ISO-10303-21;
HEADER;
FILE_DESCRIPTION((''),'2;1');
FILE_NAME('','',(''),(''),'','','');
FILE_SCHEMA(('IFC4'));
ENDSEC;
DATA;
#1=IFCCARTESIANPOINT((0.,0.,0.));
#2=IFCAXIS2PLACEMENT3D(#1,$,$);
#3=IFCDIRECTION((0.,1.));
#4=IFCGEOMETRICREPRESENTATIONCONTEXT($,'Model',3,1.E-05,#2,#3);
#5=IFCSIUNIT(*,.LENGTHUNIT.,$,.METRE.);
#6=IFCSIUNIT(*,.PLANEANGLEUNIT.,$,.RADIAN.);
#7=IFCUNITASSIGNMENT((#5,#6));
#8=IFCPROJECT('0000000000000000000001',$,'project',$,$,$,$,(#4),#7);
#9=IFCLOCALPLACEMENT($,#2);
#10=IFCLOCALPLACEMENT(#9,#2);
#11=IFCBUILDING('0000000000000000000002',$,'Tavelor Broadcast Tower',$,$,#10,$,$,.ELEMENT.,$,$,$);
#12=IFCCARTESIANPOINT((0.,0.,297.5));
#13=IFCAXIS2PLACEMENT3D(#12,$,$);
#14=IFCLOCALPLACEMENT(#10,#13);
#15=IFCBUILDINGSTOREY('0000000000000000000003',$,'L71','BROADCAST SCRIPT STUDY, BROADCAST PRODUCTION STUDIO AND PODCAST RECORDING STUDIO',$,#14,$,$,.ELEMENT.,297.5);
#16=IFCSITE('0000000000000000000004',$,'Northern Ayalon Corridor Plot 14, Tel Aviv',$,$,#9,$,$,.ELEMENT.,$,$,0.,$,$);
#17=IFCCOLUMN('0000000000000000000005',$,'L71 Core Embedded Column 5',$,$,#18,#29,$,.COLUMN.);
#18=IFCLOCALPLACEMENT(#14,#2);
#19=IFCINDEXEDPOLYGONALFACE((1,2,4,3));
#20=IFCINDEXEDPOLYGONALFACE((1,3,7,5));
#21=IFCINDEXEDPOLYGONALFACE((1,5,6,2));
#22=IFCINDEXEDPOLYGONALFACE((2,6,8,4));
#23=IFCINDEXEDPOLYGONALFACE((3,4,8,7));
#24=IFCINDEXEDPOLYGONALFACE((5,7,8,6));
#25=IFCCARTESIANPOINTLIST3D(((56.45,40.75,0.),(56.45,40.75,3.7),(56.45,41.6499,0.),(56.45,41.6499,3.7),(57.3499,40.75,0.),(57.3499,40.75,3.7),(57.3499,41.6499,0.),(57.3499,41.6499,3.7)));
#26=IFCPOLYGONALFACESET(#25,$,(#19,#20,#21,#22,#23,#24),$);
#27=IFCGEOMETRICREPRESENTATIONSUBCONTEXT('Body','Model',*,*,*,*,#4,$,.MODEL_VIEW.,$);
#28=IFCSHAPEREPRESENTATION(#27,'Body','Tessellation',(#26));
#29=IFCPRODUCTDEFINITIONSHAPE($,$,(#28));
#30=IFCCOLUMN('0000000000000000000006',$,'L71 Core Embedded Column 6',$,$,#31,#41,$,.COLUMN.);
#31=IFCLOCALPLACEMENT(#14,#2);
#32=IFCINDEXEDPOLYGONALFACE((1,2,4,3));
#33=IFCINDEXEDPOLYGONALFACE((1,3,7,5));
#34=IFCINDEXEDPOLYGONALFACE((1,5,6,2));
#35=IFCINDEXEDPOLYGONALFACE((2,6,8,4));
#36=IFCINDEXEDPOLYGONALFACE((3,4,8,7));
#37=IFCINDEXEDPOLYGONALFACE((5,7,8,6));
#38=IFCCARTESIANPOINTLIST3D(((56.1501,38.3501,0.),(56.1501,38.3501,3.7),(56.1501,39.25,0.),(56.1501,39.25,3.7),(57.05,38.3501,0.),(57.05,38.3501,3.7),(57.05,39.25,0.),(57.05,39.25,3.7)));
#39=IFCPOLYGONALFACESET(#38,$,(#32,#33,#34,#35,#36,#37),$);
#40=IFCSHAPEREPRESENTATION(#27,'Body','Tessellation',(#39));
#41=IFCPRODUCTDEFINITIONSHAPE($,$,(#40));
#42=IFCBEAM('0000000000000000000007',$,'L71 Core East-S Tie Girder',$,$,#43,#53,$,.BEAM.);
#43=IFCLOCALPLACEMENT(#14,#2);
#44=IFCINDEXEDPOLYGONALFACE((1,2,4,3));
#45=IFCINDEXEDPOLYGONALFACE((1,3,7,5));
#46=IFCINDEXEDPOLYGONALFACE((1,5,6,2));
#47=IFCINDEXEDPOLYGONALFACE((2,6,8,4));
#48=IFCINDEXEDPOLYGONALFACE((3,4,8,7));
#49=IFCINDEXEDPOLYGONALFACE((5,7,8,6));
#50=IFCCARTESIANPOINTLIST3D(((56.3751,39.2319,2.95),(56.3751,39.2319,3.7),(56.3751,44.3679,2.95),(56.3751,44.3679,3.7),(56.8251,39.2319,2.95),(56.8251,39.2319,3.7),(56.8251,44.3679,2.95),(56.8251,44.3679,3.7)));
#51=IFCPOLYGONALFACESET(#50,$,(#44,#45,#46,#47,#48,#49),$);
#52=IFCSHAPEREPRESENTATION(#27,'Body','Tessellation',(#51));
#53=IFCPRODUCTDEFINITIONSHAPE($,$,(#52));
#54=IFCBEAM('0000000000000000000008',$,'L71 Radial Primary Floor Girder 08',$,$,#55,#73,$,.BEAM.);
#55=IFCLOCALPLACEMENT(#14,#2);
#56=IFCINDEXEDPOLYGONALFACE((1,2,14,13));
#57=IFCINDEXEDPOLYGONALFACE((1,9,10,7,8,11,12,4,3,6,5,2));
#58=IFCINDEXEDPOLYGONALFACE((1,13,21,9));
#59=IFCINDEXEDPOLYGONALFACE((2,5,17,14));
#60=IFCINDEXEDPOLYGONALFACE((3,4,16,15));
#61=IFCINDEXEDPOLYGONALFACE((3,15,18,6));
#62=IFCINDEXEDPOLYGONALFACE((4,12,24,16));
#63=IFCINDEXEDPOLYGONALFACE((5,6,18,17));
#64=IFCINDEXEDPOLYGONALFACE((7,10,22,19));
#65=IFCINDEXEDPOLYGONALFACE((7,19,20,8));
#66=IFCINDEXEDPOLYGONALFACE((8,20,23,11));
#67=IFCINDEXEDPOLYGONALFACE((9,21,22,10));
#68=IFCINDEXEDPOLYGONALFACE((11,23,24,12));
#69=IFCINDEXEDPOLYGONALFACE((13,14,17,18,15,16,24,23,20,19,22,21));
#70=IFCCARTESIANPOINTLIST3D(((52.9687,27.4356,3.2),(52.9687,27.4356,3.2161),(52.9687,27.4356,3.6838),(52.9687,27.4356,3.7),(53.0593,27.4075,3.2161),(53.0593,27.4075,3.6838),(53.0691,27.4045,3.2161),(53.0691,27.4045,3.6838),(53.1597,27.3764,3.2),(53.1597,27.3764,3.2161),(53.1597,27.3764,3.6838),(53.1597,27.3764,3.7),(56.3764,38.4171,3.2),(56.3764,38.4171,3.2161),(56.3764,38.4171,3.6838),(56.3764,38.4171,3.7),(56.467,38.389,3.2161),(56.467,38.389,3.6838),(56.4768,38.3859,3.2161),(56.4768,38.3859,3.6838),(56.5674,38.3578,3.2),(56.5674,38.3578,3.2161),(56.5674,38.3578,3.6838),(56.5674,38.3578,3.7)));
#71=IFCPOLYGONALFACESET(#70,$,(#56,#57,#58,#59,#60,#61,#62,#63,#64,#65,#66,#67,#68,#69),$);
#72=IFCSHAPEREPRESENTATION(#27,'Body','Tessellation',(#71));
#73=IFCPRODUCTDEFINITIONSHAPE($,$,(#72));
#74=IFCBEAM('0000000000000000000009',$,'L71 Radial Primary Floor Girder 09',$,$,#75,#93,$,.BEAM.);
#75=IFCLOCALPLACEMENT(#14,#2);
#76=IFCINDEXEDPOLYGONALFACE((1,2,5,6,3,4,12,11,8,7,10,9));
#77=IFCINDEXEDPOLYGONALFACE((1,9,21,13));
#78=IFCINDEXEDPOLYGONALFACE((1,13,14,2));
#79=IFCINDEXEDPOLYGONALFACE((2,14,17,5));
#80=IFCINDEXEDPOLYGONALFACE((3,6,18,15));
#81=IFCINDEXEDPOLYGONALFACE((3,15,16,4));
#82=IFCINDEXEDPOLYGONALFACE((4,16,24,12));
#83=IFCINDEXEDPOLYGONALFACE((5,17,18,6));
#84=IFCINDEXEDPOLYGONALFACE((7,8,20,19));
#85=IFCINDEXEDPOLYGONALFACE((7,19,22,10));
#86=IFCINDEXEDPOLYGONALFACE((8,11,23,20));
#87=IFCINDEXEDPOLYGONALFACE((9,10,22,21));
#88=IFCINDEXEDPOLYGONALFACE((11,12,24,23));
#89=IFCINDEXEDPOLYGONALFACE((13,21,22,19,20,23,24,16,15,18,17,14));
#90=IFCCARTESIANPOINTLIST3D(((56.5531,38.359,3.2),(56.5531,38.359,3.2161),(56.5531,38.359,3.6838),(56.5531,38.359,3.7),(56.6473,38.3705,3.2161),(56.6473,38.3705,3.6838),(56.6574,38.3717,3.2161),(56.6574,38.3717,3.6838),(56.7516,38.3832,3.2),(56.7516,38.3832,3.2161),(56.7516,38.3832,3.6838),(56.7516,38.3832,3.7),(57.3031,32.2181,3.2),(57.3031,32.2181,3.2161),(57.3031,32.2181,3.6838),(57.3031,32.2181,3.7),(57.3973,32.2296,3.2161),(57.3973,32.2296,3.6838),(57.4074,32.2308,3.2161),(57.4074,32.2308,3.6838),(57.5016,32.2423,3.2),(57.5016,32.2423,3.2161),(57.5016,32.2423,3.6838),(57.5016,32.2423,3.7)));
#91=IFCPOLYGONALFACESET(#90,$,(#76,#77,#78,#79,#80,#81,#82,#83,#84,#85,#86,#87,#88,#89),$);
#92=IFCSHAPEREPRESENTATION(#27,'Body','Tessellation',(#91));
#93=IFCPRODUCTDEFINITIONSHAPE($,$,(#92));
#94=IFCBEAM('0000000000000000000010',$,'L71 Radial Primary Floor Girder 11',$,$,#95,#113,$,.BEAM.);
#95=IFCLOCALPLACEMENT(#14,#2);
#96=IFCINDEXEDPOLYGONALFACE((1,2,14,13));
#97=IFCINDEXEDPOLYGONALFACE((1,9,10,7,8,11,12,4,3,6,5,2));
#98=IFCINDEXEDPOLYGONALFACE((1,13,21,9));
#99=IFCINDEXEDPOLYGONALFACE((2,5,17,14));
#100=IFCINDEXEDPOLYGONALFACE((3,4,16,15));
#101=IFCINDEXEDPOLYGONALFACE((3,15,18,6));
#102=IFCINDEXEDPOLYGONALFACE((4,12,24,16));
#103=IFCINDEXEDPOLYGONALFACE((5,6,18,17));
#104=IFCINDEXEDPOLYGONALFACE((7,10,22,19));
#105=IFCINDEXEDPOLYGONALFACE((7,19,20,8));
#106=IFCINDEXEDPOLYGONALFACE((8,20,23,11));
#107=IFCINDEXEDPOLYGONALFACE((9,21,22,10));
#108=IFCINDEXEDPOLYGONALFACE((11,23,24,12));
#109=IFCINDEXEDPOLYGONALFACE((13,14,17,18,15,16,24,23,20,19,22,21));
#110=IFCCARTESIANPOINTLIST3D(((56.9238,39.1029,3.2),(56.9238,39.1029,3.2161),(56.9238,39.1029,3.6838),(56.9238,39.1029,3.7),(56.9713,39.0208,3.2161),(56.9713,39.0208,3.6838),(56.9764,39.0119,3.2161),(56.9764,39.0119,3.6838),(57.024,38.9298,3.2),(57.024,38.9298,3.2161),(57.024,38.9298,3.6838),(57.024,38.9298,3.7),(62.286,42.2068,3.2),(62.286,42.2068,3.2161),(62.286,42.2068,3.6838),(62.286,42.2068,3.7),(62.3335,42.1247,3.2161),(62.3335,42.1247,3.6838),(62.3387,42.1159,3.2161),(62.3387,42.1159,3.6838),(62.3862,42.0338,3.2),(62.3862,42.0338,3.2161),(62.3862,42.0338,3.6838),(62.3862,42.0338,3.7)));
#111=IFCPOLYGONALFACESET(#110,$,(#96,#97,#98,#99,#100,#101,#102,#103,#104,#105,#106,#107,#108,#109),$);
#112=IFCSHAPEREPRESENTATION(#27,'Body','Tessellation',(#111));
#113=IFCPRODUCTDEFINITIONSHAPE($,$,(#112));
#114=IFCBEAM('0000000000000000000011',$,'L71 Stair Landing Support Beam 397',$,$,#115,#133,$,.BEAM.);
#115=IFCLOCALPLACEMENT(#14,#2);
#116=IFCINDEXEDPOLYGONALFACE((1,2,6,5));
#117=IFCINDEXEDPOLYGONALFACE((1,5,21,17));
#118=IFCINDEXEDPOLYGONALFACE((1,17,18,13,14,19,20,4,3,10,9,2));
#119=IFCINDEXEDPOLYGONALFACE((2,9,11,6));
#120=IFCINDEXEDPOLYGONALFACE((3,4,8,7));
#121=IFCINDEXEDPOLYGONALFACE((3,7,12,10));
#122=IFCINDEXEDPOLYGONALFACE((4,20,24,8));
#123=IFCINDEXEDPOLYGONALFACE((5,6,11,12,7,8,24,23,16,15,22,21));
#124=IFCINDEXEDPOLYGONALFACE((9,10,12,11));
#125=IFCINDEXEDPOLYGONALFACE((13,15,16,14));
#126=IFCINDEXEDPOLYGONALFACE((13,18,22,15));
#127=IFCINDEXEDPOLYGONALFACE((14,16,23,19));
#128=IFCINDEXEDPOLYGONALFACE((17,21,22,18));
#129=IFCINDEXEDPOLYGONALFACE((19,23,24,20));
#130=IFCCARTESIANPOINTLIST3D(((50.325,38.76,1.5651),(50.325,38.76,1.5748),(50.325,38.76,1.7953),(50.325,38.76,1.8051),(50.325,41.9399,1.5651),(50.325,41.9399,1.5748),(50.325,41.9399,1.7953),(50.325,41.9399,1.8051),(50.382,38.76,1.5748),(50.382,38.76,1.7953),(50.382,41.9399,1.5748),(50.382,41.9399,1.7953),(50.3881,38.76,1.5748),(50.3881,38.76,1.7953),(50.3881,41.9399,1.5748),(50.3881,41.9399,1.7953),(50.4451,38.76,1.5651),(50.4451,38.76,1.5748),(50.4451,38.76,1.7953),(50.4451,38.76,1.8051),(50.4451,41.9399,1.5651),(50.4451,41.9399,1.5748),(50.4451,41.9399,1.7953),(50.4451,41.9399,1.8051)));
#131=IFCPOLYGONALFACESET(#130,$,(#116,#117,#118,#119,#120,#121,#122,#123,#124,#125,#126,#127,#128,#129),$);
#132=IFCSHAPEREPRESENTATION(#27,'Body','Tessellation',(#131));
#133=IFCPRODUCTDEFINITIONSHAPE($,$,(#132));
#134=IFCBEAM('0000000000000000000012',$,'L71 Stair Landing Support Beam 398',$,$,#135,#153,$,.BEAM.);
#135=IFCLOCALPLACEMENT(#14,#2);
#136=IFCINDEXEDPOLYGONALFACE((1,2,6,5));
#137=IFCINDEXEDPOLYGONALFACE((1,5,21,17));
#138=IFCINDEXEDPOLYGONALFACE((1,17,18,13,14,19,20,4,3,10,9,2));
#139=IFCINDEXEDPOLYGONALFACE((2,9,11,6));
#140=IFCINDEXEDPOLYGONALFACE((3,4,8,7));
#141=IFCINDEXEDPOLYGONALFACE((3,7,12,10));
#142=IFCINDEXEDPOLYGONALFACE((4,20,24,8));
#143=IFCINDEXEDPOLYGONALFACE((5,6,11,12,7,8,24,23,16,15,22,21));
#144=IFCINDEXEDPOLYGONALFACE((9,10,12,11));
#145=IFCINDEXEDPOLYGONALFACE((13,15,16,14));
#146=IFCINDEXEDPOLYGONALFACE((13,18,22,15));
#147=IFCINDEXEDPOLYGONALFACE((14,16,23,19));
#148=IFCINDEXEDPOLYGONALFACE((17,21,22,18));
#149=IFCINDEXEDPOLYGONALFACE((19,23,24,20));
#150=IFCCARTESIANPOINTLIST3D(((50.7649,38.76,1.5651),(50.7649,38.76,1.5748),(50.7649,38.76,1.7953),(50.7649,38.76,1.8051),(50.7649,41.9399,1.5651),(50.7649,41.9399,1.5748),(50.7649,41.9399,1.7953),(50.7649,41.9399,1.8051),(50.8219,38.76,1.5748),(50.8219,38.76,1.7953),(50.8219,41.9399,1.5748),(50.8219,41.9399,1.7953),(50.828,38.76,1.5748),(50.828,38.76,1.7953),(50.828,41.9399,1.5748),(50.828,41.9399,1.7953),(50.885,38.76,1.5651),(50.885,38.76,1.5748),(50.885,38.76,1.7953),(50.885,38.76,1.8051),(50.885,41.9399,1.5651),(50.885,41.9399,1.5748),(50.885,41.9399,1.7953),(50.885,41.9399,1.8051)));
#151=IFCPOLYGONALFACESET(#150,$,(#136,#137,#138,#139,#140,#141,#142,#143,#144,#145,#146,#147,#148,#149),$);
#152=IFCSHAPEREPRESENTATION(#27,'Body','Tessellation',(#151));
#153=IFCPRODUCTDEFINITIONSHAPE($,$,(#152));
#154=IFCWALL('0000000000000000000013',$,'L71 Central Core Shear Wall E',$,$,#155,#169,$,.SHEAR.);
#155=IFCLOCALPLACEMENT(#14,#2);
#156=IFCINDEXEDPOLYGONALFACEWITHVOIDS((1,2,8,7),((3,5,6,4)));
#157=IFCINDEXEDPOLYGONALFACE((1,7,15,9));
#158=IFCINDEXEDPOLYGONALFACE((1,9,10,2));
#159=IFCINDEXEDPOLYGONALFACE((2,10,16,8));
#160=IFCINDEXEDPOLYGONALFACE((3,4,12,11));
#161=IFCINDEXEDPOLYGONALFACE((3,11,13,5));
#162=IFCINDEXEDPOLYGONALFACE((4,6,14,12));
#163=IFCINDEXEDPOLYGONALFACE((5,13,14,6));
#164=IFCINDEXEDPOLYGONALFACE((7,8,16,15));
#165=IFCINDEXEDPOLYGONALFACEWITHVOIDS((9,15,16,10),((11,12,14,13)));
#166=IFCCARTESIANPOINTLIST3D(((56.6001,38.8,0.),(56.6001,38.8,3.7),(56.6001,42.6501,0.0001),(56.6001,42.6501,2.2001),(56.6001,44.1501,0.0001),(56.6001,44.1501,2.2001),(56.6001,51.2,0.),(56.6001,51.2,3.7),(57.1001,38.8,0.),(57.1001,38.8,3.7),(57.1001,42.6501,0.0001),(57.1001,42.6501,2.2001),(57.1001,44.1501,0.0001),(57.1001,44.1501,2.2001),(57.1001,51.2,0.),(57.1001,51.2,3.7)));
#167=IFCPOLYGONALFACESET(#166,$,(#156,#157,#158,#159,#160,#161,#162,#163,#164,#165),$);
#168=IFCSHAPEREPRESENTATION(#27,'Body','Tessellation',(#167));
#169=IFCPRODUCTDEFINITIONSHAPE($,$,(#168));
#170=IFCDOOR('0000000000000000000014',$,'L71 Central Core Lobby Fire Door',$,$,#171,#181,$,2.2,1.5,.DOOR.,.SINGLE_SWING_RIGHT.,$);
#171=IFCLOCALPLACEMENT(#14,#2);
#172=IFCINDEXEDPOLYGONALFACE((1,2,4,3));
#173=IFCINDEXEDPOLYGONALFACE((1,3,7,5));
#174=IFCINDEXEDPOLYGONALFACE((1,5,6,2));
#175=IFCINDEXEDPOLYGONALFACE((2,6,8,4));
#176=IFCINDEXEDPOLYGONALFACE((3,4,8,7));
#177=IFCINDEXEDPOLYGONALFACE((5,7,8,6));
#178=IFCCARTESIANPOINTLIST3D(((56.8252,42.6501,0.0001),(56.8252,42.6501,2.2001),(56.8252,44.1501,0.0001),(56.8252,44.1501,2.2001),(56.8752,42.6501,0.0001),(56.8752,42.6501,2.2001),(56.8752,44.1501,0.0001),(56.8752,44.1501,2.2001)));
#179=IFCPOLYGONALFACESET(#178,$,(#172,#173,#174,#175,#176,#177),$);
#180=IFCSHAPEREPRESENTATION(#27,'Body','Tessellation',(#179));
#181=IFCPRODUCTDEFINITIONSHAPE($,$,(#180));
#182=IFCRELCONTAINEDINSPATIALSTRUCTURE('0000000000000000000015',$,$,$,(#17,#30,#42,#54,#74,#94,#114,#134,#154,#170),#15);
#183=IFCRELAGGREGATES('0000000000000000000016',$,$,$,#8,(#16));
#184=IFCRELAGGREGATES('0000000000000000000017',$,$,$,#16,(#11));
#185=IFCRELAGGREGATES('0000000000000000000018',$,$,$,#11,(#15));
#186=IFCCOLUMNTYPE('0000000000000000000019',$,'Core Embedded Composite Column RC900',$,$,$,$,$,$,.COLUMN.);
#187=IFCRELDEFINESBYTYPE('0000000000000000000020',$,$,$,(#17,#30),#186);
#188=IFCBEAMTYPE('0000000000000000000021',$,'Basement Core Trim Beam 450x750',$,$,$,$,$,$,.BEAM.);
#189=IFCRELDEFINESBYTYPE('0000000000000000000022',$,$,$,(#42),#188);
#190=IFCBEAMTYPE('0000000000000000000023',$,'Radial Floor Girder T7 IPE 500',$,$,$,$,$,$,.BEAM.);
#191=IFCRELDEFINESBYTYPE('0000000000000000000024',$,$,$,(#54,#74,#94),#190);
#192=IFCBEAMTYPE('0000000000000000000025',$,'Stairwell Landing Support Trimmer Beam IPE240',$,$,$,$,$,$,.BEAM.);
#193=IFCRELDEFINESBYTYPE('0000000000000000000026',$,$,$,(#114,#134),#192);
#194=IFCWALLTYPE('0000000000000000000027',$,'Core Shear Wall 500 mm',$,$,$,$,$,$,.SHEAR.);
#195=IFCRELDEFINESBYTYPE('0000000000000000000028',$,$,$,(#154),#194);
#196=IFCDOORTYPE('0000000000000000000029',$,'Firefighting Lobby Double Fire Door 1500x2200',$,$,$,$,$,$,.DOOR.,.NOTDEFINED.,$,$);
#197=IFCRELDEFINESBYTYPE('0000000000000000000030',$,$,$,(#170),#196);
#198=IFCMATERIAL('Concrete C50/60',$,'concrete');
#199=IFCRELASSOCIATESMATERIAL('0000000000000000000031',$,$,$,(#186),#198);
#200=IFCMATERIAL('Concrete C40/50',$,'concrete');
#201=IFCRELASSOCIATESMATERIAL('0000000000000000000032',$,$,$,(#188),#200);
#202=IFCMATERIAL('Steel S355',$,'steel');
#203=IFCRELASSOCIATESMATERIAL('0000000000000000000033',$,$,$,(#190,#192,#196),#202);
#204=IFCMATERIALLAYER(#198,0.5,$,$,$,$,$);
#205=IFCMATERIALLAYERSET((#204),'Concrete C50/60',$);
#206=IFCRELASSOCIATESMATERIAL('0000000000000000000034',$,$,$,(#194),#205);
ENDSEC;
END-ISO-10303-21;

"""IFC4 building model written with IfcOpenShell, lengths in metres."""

from ifc_helpers import new_model, si_unit, direction, frame, frame_2d, origin, origin_2d, place, context, subcontext, project, spatial, rectangle, i_section, extrude, material, layer, layer_set, material_profile, profile_set, type_object, element, fill, save


model = new_model("IFC4")

# Units and contexts
model_context = context("Model", 3, precision=1e-05, world=origin(), true_north=direction((0.0, 1.0)))
body_context = subcontext(model_context, "Body", "Model", "MODEL_VIEW")
ifc_project = project(units=[si_unit("LENGTHUNIT", "METRE"), si_unit("PLANEANGLEUNIT", "RADIAN")], contexts=[model_context])

# Site, building, storey
site_placement = place(None, origin())
site = spatial("IfcSite", under=ifc_project, at=site_placement, Name="Northern Ayalon Corridor Plot 14, Tel Aviv", CompositionType="ELEMENT", RefElevation=0.0)
building_placement = place(site_placement, origin())
building = spatial("IfcBuilding", under=site, at=building_placement, Name="Tavelor Broadcast Tower", CompositionType="ELEMENT")
storey_placement = place(building_placement, frame((0.0, 0.0, 297.5)))
storey = spatial("IfcBuildingStorey", under=building, at=storey_placement, Name="L71", Description="BROADCAST SCRIPT STUDY, BROADCAST PRODUCTION STUDIO AND PODCAST RECORDING STUDIO", CompositionType="ELEMENT", Elevation=297.5)

# Columns
ifc_material_1 = material(Name="Concrete C50/60", Category="concrete")
ifc_material_profile_1 = material_profile(ifc_material_1, rectangle(XDim=0.8999, YDim=0.8999, at=origin_2d()), Name="RC 900x900")
ifc_profile_set_1 = profile_set([ifc_material_profile_1], Name="Concrete C50/60")
column_type = type_object("IfcColumnType", Name="Core Embedded Composite Column RC900", PredefinedType="COLUMN", material=ifc_profile_set_1)
for number, where, z_axis, x_axis, name in (
    (1, (56.8999, 41.2, 0.0), (0.0, 0.0, 1.0), (1.0, 0.0, 0.0), "L71 Core Embedded Column 5"),
    (2, (56.6001, 38.8, 0.0), (0.0, 0.0, 1.0), (1.0, 0.0, 0.0), "L71 Core Embedded Column 6"),
):
    element("IfcColumn", number, at=place(storey_placement, frame(where, z_axis=z_axis, x_axis=x_axis)), inside=storey, type_object=column_type, Name=name, PredefinedType="COLUMN", context=body_context, shape_type="SweptSolid", body=[
        extrude(rectangle(XDim=0.8999, YDim=0.8999, at=origin_2d()), origin(), (0.0, 0.0, 1.0), 3.7),
    ])

# Beams
ifc_material_2 = material(Name="Concrete C40/50", Category="concrete")
ifc_material_profile_2 = material_profile(ifc_material_2, rectangle(XDim=0.45, YDim=0.75, at=origin_2d()), Name="RC 450x750")
ifc_profile_set_2 = profile_set([ifc_material_profile_2], Name="Concrete C40/50")
beam_type_1 = type_object("IfcBeamType", Name="Basement Core Trim Beam 450x750", PredefinedType="BEAM", material=ifc_profile_set_2)
beam_1_placement = place(storey_placement, frame((56.6001, 39.2319, 3.325), z_axis=(0.0, 1.0, 0.0), x_axis=(-1.0, 0.0, 0.0)))
element("IfcBeam", 3, at=beam_1_placement, inside=storey, type_object=beam_type_1, Name="L71 Core East-S Tie Girder", PredefinedType="BEAM", context=body_context, shape_type="SweptSolid", body=[
    extrude(rectangle(XDim=0.45, YDim=0.75, at=origin_2d()), origin(), (0.0, 0.0, 1.0), 5.136),
])
ifc_material_3 = material(Name="Steel S355", Category="steel")
ifc_material_profile_3 = material_profile(ifc_material_3, i_section(OverallWidth=0.2, OverallDepth=0.5, WebThickness=0.0103, FlangeThickness=0.0161, at=origin_2d()), Name="IPE 500")
ifc_profile_set_3 = profile_set([ifc_material_profile_3], Name="Steel S355")
beam_type_2 = type_object("IfcBeamType", Name="Radial Floor Girder T7 IPE 500", PredefinedType="BEAM", material=ifc_profile_set_3)
beam_2_placement = place(storey_placement, frame((56.4719, 38.3875, 3.45), z_axis=(-0.296374, -0.955072, 0.0), x_axis=(0.955072, -0.296374, 0.0)))
element("IfcBeam", 4, at=beam_2_placement, inside=storey, type_object=beam_type_2, Name="L71 Radial Primary Floor Girder 08", PredefinedType="BEAM", context=body_context, shape_type="SweptSolid", body=[
    extrude(i_section(OverallWidth=0.2, OverallDepth=0.5, WebThickness=0.0103, FlangeThickness=0.0161, at=origin_2d()), origin(), (0.0, 0.0, 1.0), 11.498),
])
beam_3_placement = place(storey_placement, frame((56.6523, 38.3711, 3.45), z_axis=(0.121232, -0.992624, 0.0), x_axis=(0.992624, 0.121232, 0.0)))
element("IfcBeam", 5, at=beam_3_placement, inside=storey, type_object=beam_type_2, Name="L71 Radial Primary Floor Girder 09", PredefinedType="BEAM", context=body_context, shape_type="SweptSolid", body=[
    extrude(i_section(OverallWidth=0.2, OverallDepth=0.5, WebThickness=0.0103, FlangeThickness=0.0161, at=origin_2d()), origin(), (0.0, 0.0, 1.0), 6.1865),
])
beam_4_placement = place(storey_placement, frame((56.9739, 39.0164, 3.45), z_axis=(0.86546, 0.500977, 0.0), x_axis=(-0.500977, 0.86546, 0.0)))
element("IfcBeam", 6, at=beam_4_placement, inside=storey, type_object=beam_type_2, Name="L71 Radial Primary Floor Girder 11", PredefinedType="BEAM", context=body_context, shape_type="SweptSolid", body=[
    extrude(i_section(OverallWidth=0.2, OverallDepth=0.5, WebThickness=0.0103, FlangeThickness=0.0161, at=origin_2d()), origin(), (0.0, 0.0, 1.0), 6.1958),
])
ifc_material_profile_4 = material_profile(ifc_material_3, i_section(OverallWidth=0.1201, OverallDepth=0.24, WebThickness=0.0061, FlangeThickness=0.0098, at=origin_2d()), Name="IPE 240")
ifc_profile_set_4 = profile_set([ifc_material_profile_4], Name="Steel S355")
beam_type_3 = type_object("IfcBeamType", Name="Stairwell Landing Support Trimmer Beam IPE240", PredefinedType="BEAM", material=ifc_profile_set_4)
for number, where, z_axis, x_axis, name in (
    (7, (50.385, 38.76, 1.6851), (0.0, 1.0, 0.0), (-1.0, 0.0, 0.0), "L71 Stair Landing Support Beam 397"),
    (8, (50.825, 38.76, 1.6851), (0.0, 1.0, 0.0), (-1.0, 0.0, 0.0), "L71 Stair Landing Support Beam 398"),
):
    element("IfcBeam", number, at=place(storey_placement, frame(where, z_axis=z_axis, x_axis=x_axis)), inside=storey, type_object=beam_type_3, Name=name, PredefinedType="BEAM", context=body_context, shape_type="SweptSolid", body=[
        extrude(i_section(OverallWidth=0.1201, OverallDepth=0.24, WebThickness=0.0061, FlangeThickness=0.0098, at=origin_2d()), origin(), (0.0, 0.0, 1.0), 3.1799),
    ])

# Wall, opening, door
ifc_layer_1 = layer(ifc_material_1, 0.5)
ifc_layer_set_1 = layer_set([ifc_layer_1], Name="Concrete C50/60")
wall_type_1 = type_object("IfcWallType", Name="Core Shear Wall 500 mm", PredefinedType="SHEAR", material=ifc_layer_set_1)
wall_1_placement = place(storey_placement, frame((56.8501, 38.8, 0.0), z_axis=(0.0, 0.0, 1.0), x_axis=(0.0, 1.0, 0.0)))
wall_1 = element("IfcWall", 9, at=wall_1_placement, inside=storey, type_object=wall_type_1, Name="L71 Central Core Shear Wall E", PredefinedType="SHEAR", context=body_context, shape_type="SweptSolid", body=[
    extrude(rectangle(XDim=12.3999, YDim=0.5, at=frame_2d((6.2, 0.0))), origin(), (0.0, 0.0, 1.0), 3.7),
])
opening_1_placement = place(wall_1_placement, frame((3.8501, 0.0, 0.0)))
opening_1 = element("IfcOpeningElement", 10, at=opening_1_placement, cuts=wall_1, PredefinedType="OPENING", context=body_context, shape_type="SweptSolid", body=[
    extrude(rectangle(XDim=1.5, YDim=2.2, at=frame_2d((0.75, 1.1001))), frame((0.0, 0.26, 0.0), z_axis=(0.0, -1.0, 0.0), x_axis=(1.0, 0.0, 0.0)), (0.0, 0.0, 1.0), 0.52),
])
door_type_1 = type_object("IfcDoorType", Name="Firefighting Lobby Double Fire Door 1500x2200", OperationType="NOTDEFINED", PredefinedType="DOOR", material=ifc_material_3)
door_1_placement = place(opening_1_placement, origin())
door_1 = element("IfcDoor", 11, at=door_1_placement, inside=storey, type_object=door_type_1, Name="L71 Central Core Lobby Fire Door", OperationType="SINGLE_SWING_RIGHT", OverallHeight=2.2, OverallWidth=1.5, PredefinedType="DOOR", context=body_context, shape_type="SweptSolid", body=[
    extrude(rectangle(XDim=1.5, YDim=2.2, at=frame_2d((0.75, 1.1001))), frame((0.0, 0.0249, 0.0), z_axis=(0.0, -1.0, 0.0), x_axis=(1.0, 0.0, 0.0)), (0.0, 0.0, 1.0), 0.05),
])
fill(opening_1, door_1)

save(model, "model.ifc")
